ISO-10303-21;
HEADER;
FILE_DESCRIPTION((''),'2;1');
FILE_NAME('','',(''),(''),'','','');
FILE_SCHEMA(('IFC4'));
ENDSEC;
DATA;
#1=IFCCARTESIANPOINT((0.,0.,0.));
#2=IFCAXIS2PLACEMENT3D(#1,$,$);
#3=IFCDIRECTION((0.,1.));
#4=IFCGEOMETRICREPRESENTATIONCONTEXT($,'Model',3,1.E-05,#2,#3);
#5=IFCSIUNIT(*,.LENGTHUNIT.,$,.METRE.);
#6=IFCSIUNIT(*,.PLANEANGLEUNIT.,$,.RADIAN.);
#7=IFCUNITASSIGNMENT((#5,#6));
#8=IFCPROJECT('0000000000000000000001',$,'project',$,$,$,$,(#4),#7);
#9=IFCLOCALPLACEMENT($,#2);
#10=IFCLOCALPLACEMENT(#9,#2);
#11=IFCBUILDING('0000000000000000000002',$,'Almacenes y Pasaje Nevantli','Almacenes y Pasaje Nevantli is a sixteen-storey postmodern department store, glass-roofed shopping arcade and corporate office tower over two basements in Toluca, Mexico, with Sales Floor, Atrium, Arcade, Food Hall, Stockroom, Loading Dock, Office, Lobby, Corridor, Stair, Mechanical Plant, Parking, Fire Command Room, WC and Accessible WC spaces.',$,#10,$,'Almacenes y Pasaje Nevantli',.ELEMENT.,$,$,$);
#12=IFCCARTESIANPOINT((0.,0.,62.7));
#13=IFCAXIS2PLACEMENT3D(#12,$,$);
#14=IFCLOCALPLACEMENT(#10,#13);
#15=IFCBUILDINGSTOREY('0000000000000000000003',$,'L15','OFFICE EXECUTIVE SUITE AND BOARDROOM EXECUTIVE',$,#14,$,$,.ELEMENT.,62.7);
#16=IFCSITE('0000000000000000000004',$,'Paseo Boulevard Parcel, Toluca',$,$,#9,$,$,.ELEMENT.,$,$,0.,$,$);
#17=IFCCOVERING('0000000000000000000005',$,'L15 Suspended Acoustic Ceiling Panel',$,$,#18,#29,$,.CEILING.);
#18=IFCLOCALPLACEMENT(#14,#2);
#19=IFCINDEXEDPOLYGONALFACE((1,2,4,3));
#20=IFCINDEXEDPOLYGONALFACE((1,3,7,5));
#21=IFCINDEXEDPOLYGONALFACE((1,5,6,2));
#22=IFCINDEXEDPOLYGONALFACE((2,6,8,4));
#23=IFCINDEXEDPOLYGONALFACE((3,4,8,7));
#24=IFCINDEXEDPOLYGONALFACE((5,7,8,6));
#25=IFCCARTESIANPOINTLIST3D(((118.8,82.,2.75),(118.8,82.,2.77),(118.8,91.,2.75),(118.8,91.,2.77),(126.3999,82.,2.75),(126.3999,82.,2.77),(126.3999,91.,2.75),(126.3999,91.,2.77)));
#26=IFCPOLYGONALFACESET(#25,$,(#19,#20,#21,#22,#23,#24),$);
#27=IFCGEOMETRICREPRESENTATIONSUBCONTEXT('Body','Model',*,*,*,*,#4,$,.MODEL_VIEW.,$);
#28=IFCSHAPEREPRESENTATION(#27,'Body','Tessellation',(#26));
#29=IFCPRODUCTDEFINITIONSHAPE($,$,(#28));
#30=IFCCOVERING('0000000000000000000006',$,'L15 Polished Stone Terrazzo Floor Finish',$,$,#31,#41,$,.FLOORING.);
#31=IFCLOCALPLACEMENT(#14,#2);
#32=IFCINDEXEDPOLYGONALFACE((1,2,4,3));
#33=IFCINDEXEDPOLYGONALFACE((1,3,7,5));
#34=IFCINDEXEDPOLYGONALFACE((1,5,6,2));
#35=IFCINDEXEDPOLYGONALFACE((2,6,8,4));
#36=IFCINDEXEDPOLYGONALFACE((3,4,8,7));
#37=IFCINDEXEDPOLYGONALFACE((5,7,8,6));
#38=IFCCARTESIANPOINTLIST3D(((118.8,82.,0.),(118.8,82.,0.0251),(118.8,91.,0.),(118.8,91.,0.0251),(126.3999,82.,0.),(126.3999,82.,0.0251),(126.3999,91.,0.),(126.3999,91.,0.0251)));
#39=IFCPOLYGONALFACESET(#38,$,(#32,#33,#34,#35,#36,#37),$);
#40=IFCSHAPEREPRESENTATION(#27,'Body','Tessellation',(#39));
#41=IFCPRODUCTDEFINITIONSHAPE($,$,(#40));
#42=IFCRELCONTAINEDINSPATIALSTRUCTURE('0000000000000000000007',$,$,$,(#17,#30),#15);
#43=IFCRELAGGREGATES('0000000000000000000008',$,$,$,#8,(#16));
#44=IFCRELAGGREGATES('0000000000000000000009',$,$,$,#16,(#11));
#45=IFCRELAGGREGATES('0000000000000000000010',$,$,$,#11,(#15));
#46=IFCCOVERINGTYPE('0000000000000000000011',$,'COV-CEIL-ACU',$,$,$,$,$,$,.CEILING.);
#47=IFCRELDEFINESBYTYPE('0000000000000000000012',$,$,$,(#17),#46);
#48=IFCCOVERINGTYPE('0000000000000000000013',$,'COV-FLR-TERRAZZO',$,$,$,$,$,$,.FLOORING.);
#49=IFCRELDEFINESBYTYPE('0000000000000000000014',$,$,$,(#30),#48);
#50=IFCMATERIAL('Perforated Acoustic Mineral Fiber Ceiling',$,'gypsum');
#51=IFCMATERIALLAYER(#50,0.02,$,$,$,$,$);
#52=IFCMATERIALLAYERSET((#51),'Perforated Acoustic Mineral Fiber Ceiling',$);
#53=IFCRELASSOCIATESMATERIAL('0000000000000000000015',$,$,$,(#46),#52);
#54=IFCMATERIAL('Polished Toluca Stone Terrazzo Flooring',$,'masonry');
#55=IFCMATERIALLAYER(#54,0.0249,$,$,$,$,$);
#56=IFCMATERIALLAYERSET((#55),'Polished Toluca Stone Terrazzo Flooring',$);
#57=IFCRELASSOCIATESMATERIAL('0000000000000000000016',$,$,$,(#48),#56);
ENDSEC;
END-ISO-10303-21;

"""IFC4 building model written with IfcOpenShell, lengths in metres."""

from ifc_helpers import new_model, si_unit, direction, frame, origin, place, context, subcontext, project, spatial, polyline, outline, extrude, material, layer, layer_set, type_object, element, save


model = new_model("IFC4")

# Units and contexts
model_context = context("Model", 3, precision=1e-05, world=origin(), true_north=direction((0.0, 1.0)))
body_context = subcontext(model_context, "Body", "Model", "MODEL_VIEW")
ifc_project = project(units=[si_unit("LENGTHUNIT", "METRE"), si_unit("PLANEANGLEUNIT", "RADIAN")], contexts=[model_context])

# Site, building, storey
site_placement = place(None, origin())
site = spatial("IfcSite", under=ifc_project, at=site_placement, Name="Paseo Boulevard Parcel, Toluca", CompositionType="ELEMENT", RefElevation=0.0)
building_placement = place(site_placement, origin())
building = spatial("IfcBuilding", under=site, at=building_placement, Name="Almacenes y Pasaje Nevantli", Description="Almacenes y Pasaje Nevantli is a sixteen-storey postmodern department store, glass-roofed shopping arcade and corporate office tower over two basements in Toluca, Mexico, with Sales Floor, Atrium, Arcade, Food Hall, Stockroom, Loading Dock, Office, Lobby, Corridor, Stair, Mechanical Plant, Parking, Fire Command Room, WC and Accessible WC spaces.", LongName="Almacenes y Pasaje Nevantli", CompositionType="ELEMENT")
storey_placement = place(building_placement, frame((0.0, 0.0, 62.7)))
storey = spatial("IfcBuildingStorey", under=building, at=storey_placement, Name="L15", Description="OFFICE EXECUTIVE SUITE AND BOARDROOM EXECUTIVE", CompositionType="ELEMENT", Elevation=62.7)

# Coverings
ifc_material_1 = material(Name="Perforated Acoustic Mineral Fiber Ceiling", Category="gypsum")
ifc_layer_1 = layer(ifc_material_1, 0.02)
ifc_layer_set_1 = layer_set([ifc_layer_1], Name="Perforated Acoustic Mineral Fiber Ceiling")
covering_type_1 = type_object("IfcCoveringType", Name="COV-CEIL-ACU", PredefinedType="CEILING", material=ifc_layer_set_1)
covering_1_placement = place(storey_placement, frame((0.0, 0.0, 2.75)))
element("IfcCovering", 1, at=covering_1_placement, inside=storey, type_object=covering_type_1, Name="L15 Suspended Acoustic Ceiling Panel", PredefinedType="CEILING", context=body_context, shape_type="SweptSolid", body=[
    extrude(outline(polyline([(118.8, 82.0), (126.3999, 82.0), (126.3999, 91.0), (118.8, 91.0), (118.8, 82.0)])), origin(), (0.0, 0.0, 1.0), 0.02),
])
ifc_material_2 = material(Name="Polished Toluca Stone Terrazzo Flooring", Category="masonry")
ifc_layer_2 = layer(ifc_material_2, 0.0249)
ifc_layer_set_2 = layer_set([ifc_layer_2], Name="Polished Toluca Stone Terrazzo Flooring")
covering_type_2 = type_object("IfcCoveringType", Name="COV-FLR-TERRAZZO", PredefinedType="FLOORING", material=ifc_layer_set_2)
covering_2_placement = place(storey_placement, origin())
element("IfcCovering", 2, at=covering_2_placement, inside=storey, type_object=covering_type_2, Name="L15 Polished Stone Terrazzo Floor Finish", PredefinedType="FLOORING", context=body_context, shape_type="SweptSolid", body=[
    extrude(outline(polyline([(118.8, 82.0), (126.3999, 82.0), (126.3999, 91.0), (118.8, 91.0), (118.8, 82.0)])), origin(), (0.0, 0.0, 1.0), 0.0251),
])

save(model, "model.ifc")
